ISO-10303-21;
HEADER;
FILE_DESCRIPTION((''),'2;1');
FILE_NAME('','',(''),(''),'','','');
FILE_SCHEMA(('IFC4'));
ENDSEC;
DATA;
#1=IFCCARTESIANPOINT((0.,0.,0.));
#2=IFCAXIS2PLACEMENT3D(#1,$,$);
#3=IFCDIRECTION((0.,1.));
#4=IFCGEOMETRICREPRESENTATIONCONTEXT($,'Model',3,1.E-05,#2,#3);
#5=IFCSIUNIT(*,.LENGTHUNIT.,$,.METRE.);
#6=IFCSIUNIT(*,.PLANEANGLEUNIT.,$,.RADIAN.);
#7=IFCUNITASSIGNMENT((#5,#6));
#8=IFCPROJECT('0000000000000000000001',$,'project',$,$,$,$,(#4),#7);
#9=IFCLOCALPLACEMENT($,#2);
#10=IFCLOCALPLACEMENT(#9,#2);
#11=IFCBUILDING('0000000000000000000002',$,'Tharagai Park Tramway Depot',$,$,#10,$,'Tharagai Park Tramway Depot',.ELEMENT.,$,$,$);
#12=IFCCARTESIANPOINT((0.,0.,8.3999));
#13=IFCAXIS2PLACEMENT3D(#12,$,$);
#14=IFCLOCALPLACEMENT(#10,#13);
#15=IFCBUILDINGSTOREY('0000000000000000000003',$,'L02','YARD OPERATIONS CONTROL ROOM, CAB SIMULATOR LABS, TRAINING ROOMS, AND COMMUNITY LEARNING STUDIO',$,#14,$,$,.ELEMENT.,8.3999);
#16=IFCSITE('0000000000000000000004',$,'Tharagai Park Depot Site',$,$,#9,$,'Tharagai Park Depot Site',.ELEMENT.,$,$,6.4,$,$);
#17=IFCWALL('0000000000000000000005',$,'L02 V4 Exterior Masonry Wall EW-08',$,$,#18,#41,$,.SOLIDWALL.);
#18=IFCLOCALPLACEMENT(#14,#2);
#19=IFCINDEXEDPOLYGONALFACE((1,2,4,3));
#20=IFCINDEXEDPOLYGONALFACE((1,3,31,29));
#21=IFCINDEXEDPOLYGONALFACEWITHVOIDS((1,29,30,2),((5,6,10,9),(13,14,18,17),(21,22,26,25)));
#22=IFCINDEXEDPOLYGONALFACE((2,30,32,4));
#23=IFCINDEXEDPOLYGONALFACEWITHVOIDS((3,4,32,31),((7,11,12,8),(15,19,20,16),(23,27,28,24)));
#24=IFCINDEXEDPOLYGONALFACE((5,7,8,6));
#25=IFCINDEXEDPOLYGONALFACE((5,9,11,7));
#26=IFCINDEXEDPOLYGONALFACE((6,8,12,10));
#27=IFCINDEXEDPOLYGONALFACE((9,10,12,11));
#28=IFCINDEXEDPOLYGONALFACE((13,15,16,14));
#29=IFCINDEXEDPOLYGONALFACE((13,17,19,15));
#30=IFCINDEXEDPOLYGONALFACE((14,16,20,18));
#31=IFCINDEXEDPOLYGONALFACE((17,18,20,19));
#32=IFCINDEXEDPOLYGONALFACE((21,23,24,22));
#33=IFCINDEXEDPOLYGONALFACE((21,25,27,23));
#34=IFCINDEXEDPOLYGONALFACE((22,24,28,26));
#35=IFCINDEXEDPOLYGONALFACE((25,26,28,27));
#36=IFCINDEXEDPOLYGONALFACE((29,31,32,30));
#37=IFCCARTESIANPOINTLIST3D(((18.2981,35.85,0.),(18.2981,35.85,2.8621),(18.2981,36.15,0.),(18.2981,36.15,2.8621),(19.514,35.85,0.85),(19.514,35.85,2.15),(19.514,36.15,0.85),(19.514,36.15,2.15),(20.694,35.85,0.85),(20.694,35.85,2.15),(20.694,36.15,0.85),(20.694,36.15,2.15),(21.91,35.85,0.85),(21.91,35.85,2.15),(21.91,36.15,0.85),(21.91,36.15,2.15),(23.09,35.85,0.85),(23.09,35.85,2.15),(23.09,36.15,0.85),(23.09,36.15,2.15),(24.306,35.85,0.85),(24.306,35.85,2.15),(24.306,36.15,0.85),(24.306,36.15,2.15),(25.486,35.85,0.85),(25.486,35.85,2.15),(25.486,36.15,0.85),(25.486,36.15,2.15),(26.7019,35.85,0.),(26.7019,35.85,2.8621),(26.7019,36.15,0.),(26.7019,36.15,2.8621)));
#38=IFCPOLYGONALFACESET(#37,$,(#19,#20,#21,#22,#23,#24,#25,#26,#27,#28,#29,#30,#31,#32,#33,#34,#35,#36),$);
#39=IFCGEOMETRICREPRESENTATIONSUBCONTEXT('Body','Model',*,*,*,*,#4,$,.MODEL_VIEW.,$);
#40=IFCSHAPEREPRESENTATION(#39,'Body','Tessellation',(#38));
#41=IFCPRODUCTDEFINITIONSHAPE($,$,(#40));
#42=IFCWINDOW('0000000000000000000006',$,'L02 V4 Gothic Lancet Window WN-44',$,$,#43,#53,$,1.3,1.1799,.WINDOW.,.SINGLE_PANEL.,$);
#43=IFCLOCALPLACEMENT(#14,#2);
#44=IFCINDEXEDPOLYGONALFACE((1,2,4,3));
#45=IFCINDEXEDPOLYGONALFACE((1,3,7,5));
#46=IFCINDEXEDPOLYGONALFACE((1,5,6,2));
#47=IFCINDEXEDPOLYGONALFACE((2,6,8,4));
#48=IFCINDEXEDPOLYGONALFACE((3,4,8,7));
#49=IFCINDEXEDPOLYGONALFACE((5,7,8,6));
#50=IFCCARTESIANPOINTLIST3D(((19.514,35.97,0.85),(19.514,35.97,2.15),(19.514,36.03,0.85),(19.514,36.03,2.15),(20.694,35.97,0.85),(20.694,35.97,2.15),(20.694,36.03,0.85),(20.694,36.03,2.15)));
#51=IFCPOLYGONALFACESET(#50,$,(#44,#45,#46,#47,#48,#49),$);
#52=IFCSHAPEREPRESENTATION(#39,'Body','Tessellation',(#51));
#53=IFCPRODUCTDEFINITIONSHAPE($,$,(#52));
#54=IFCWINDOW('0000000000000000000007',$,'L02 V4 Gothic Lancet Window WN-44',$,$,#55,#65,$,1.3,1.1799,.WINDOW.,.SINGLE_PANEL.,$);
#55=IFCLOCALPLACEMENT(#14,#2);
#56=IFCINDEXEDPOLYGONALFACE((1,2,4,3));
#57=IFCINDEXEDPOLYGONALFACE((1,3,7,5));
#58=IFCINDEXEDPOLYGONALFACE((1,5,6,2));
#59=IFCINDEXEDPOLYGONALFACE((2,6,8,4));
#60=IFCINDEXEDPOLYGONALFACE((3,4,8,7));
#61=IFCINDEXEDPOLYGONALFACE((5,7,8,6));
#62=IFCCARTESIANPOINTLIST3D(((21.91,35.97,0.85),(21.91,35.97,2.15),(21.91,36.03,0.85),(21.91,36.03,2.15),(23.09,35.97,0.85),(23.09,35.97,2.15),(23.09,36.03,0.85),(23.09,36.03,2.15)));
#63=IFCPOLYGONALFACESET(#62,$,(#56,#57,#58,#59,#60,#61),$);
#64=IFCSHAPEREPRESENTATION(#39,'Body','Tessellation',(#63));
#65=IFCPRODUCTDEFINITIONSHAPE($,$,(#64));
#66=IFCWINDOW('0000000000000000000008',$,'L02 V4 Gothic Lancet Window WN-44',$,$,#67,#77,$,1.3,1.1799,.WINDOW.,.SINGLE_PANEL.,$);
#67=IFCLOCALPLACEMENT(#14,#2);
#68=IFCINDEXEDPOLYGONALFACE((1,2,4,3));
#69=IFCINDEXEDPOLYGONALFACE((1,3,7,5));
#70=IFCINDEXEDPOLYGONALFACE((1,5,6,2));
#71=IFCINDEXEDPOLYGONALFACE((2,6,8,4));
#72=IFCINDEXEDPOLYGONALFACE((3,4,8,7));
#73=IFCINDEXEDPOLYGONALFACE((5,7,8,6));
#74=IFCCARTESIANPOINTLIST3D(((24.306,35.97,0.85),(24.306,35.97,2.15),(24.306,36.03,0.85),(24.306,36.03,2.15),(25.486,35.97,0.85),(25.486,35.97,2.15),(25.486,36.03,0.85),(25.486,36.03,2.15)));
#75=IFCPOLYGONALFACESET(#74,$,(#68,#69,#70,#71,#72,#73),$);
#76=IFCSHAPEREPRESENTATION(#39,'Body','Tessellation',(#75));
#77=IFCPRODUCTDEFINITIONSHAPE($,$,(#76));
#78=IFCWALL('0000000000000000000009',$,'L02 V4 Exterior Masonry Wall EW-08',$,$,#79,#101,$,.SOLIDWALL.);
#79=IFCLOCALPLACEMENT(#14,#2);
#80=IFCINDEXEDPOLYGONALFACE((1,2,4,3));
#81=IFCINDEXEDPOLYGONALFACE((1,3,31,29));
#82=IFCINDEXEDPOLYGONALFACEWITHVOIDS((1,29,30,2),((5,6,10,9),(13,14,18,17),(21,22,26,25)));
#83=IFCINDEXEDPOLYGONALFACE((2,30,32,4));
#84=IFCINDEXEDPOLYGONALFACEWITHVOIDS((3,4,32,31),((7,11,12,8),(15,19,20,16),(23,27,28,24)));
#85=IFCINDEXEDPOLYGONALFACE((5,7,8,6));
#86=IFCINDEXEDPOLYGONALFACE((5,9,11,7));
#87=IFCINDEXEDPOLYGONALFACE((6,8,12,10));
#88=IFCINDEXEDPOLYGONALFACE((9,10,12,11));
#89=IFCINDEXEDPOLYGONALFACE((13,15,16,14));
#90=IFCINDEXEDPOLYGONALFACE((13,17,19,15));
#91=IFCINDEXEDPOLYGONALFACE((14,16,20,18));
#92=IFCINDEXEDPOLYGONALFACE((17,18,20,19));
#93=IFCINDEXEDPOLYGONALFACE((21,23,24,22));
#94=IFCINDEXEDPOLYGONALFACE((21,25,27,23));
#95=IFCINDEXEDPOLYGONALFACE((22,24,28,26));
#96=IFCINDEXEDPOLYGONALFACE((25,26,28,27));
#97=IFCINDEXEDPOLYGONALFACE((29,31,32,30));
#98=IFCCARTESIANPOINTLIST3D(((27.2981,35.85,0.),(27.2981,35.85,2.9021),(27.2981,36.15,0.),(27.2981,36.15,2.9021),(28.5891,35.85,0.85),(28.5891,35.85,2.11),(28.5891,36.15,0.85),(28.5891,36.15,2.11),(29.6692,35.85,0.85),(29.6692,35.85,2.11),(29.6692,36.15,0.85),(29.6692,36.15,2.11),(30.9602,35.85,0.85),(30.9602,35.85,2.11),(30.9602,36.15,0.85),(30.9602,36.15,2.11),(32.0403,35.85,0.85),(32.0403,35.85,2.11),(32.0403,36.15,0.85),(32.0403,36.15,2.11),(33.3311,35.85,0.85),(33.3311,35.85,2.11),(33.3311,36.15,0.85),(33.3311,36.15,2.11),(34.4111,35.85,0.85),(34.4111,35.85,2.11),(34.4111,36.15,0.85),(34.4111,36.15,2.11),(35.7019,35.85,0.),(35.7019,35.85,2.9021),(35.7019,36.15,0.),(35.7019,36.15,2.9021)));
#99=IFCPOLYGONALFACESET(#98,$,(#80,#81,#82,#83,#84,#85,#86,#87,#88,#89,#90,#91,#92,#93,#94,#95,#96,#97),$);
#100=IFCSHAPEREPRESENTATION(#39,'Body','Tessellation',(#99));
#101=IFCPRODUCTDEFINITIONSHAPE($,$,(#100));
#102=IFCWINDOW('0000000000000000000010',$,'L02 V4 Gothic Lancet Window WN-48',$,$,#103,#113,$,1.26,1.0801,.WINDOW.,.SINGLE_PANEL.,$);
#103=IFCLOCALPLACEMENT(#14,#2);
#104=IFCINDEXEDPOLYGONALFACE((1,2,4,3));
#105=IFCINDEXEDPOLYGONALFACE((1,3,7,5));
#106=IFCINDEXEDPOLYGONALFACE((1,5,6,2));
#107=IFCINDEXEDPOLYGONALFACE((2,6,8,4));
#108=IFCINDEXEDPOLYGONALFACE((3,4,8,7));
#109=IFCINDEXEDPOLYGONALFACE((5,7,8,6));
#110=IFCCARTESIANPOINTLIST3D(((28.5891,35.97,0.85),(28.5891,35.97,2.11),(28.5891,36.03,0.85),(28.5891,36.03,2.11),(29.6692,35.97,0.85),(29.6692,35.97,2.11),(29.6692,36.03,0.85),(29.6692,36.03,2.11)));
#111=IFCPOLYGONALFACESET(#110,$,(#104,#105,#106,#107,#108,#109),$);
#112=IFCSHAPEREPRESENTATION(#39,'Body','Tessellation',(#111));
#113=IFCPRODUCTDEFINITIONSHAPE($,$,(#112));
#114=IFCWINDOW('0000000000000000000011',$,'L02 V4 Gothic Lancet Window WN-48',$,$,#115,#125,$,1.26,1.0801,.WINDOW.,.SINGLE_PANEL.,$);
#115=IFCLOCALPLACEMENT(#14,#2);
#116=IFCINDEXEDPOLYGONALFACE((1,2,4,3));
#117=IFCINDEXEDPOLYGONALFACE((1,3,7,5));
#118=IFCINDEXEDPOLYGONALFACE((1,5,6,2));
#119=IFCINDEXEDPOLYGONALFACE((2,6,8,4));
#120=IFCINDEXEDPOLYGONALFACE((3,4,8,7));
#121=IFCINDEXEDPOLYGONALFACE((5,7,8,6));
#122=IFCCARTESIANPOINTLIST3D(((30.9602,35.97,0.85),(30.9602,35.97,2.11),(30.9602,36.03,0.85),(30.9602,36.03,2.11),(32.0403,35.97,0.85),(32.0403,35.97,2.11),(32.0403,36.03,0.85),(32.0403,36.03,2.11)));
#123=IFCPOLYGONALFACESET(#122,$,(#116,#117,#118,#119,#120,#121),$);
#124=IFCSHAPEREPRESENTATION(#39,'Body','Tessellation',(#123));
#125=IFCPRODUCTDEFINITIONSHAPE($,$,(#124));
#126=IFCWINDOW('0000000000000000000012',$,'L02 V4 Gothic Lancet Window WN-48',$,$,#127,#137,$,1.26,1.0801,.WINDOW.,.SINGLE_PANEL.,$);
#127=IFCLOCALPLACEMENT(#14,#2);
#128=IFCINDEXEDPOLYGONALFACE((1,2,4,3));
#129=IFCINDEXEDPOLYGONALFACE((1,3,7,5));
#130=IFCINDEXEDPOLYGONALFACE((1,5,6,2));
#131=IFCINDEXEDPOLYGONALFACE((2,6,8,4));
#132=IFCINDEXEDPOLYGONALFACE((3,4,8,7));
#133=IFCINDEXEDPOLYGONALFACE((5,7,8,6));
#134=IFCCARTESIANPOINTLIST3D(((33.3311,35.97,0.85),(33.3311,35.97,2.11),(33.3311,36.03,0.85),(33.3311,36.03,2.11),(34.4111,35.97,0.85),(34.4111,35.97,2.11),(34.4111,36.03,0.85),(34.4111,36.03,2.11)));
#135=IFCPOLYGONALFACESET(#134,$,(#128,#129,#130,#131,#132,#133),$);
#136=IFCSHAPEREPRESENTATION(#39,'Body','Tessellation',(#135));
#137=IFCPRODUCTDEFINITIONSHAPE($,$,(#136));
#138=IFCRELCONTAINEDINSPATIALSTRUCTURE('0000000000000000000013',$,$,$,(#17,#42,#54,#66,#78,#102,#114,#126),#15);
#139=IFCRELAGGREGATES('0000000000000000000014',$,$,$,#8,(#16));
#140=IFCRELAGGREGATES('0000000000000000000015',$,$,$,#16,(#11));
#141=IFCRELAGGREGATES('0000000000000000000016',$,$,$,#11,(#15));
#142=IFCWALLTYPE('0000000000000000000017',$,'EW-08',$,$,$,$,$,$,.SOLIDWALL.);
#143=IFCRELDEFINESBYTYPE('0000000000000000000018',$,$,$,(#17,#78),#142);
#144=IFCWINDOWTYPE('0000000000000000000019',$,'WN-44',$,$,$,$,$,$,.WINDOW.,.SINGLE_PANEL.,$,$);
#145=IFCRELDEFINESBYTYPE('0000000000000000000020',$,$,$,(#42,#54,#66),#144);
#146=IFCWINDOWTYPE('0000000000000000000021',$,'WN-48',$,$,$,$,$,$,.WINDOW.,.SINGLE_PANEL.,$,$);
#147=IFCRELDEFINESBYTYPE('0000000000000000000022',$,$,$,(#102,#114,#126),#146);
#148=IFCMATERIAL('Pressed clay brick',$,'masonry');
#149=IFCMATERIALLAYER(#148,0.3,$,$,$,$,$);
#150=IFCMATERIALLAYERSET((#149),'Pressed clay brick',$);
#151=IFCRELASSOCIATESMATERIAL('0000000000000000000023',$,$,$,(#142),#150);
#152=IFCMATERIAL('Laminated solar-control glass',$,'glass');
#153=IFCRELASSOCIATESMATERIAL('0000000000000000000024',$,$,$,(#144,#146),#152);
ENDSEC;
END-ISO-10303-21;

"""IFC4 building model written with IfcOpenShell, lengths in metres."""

from ifc_helpers import new_model, si_unit, direction, frame, frame_2d, origin, place, context, subcontext, project, spatial, rectangle, extrude, material, layer, layer_set, type_object, element, fill, save


model = new_model("IFC4")

# Units and contexts
model_context = context("Model", 3, precision=1e-05, world=origin(), true_north=direction((0.0, 1.0)))
body_context = subcontext(model_context, "Body", "Model", "MODEL_VIEW")
ifc_project = project(units=[si_unit("LENGTHUNIT", "METRE"), si_unit("PLANEANGLEUNIT", "RADIAN")], contexts=[model_context])

# Site, building, storey
site_placement = place(None, origin())
site = spatial("IfcSite", under=ifc_project, at=site_placement, Name="Tharagai Park Depot Site", LongName="Tharagai Park Depot Site", CompositionType="ELEMENT", RefElevation=6.4)
building_placement = place(site_placement, origin())
building = spatial("IfcBuilding", under=site, at=building_placement, Name="Tharagai Park Tramway Depot", LongName="Tharagai Park Tramway Depot", CompositionType="ELEMENT")
storey_placement = place(building_placement, frame((0.0, 0.0, 8.3999)))
storey = spatial("IfcBuildingStorey", under=building, at=storey_placement, Name="L02", Description="YARD OPERATIONS CONTROL ROOM, CAB SIMULATOR LABS, TRAINING ROOMS, AND COMMUNITY LEARNING STUDIO", CompositionType="ELEMENT", Elevation=8.3999)

# Walls, openings, windows
ifc_material_1 = material(Name="Pressed clay brick", Category="masonry")
ifc_layer = layer(ifc_material_1, 0.3)
ifc_layer_set = layer_set([ifc_layer], Name="Pressed clay brick")
wall_type = type_object("IfcWallType", Name="EW-08", PredefinedType="SOLIDWALL", material=ifc_layer_set)
wall_1_placement = place(storey_placement, frame((18.2981, 36.0, 0.0), z_axis=(0.0, 0.0, 1.0), x_axis=(1.0, 0.0, 0.0)))
wall_1 = element("IfcWall", 1, at=wall_1_placement, inside=storey, type_object=wall_type, Name="L02 V4 Exterior Masonry Wall EW-08", PredefinedType="SOLIDWALL", context=body_context, shape_type="SweptSolid", body=[
    extrude(rectangle(XDim=8.4038, YDim=0.3, at=frame_2d((4.2019, 0.0))), origin(), (0.0, 0.0, 1.0), 2.8621),
])
opening_1_placement = place(wall_1_placement, frame((1.2161, 0.0, 0.8501)))
opening_1 = element("IfcOpeningElement", 2, at=opening_1_placement, cuts=wall_1, PredefinedType="OPENING", context=body_context, shape_type="SweptSolid", body=[
    extrude(rectangle(XDim=1.1799, YDim=1.3, at=frame_2d((0.5898, 0.6499))), frame((0.0, 0.1599, 0.0), z_axis=(0.0, -1.0, 0.0), x_axis=(1.0, 0.0, 0.0)), (0.0, 0.0, 1.0), 0.3201),
])
opening_2_placement = place(wall_1_placement, frame((3.6121, 0.0, 0.8501)))
opening_2 = element("IfcOpeningElement", 3, at=opening_2_placement, cuts=wall_1, PredefinedType="OPENING", context=body_context, shape_type="SweptSolid", body=[
    extrude(rectangle(XDim=1.1799, YDim=1.3, at=frame_2d((0.5898, 0.6499))), frame((0.0, 0.1599, 0.0), z_axis=(0.0, -1.0, 0.0), x_axis=(1.0, 0.0, 0.0)), (0.0, 0.0, 1.0), 0.3201),
])
opening_3_placement = place(wall_1_placement, frame((6.0081, 0.0, 0.8501)))
opening_3 = element("IfcOpeningElement", 4, at=opening_3_placement, cuts=wall_1, PredefinedType="OPENING", context=body_context, shape_type="SweptSolid", body=[
    extrude(rectangle(XDim=1.1799, YDim=1.3, at=frame_2d((0.5898, 0.6499))), frame((0.0, 0.1599, 0.0), z_axis=(0.0, -1.0, 0.0), x_axis=(1.0, 0.0, 0.0)), (0.0, 0.0, 1.0), 0.3201),
])
ifc_material_2 = material(Name="Laminated solar-control glass", Category="glass")
window_type_1 = type_object("IfcWindowType", Name="WN-44", PartitioningType="SINGLE_PANEL", PredefinedType="WINDOW", material=ifc_material_2)
window_1_placement = place(opening_1_placement, origin())
window_1 = element("IfcWindow", 5, at=window_1_placement, inside=storey, type_object=window_type_1, Name="L02 V4 Gothic Lancet Window WN-44", OverallHeight=1.3, OverallWidth=1.1799, PartitioningType="SINGLE_PANEL", PredefinedType="WINDOW", context=body_context, shape_type="SweptSolid", body=[
    extrude(rectangle(XDim=1.1799, YDim=1.3, at=frame_2d((0.5898, 0.6499))), frame((0.0, 0.03, 0.0), z_axis=(0.0, -1.0, 0.0), x_axis=(1.0, 0.0, 0.0)), (0.0, 0.0, 1.0), 0.0601),
])
fill(opening_1, window_1)
window_2_placement = place(opening_2_placement, origin())
window_2 = element("IfcWindow", 6, at=window_2_placement, inside=storey, type_object=window_type_1, Name="L02 V4 Gothic Lancet Window WN-44", OverallHeight=1.3, OverallWidth=1.1799, PartitioningType="SINGLE_PANEL", PredefinedType="WINDOW", context=body_context, shape_type="SweptSolid", body=[
    extrude(rectangle(XDim=1.1799, YDim=1.3, at=frame_2d((0.5898, 0.6499))), frame((0.0, 0.03, 0.0), z_axis=(0.0, -1.0, 0.0), x_axis=(1.0, 0.0, 0.0)), (0.0, 0.0, 1.0), 0.0601),
])
fill(opening_2, window_2)
window_3_placement = place(opening_3_placement, origin())
window_3 = element("IfcWindow", 7, at=window_3_placement, inside=storey, type_object=window_type_1, Name="L02 V4 Gothic Lancet Window WN-44", OverallHeight=1.3, OverallWidth=1.1799, PartitioningType="SINGLE_PANEL", PredefinedType="WINDOW", context=body_context, shape_type="SweptSolid", body=[
    extrude(rectangle(XDim=1.1799, YDim=1.3, at=frame_2d((0.5898, 0.6499))), frame((0.0, 0.03, 0.0), z_axis=(0.0, -1.0, 0.0), x_axis=(1.0, 0.0, 0.0)), (0.0, 0.0, 1.0), 0.0601),
])
fill(opening_3, window_3)
wall_2_placement = place(storey_placement, frame((27.2981, 36.0, 0.0), z_axis=(0.0, 0.0, 1.0), x_axis=(1.0, 0.0, 0.0)))
wall_2 = element("IfcWall", 8, at=wall_2_placement, inside=storey, type_object=wall_type, Name="L02 V4 Exterior Masonry Wall EW-08", PredefinedType="SOLIDWALL", context=body_context, shape_type="SweptSolid", body=[
    extrude(rectangle(XDim=8.4038, YDim=0.3, at=frame_2d((4.2019, 0.0))), origin(), (0.0, 0.0, 1.0), 2.9021),
])
opening_4_placement = place(wall_2_placement, frame((1.291, 0.0, 0.8501)))
opening_4 = element("IfcOpeningElement", 9, at=opening_4_placement, cuts=wall_2, PredefinedType="OPENING", context=body_context, shape_type="SweptSolid", body=[
    extrude(rectangle(XDim=1.0801, YDim=1.26, at=frame_2d((0.54, 0.6299))), frame((0.0, 0.1599, 0.0), z_axis=(0.0, -1.0, 0.0), x_axis=(1.0, 0.0, 0.0)), (0.0, 0.0, 1.0), 0.3201),
])
opening_5_placement = place(wall_2_placement, frame((3.6621, 0.0, 0.8501)))
opening_5 = element("IfcOpeningElement", 10, at=opening_5_placement, cuts=wall_2, PredefinedType="OPENING", context=body_context, shape_type="SweptSolid", body=[
    extrude(rectangle(XDim=1.0801, YDim=1.26, at=frame_2d((0.54, 0.6299))), frame((0.0, 0.1599, 0.0), z_axis=(0.0, -1.0, 0.0), x_axis=(1.0, 0.0, 0.0)), (0.0, 0.0, 1.0), 0.3201),
])
opening_6_placement = place(wall_2_placement, frame((6.033, 0.0, 0.8501)))
opening_6 = element("IfcOpeningElement", 11, at=opening_6_placement, cuts=wall_2, PredefinedType="OPENING", context=body_context, shape_type="SweptSolid", body=[
    extrude(rectangle(XDim=1.0801, YDim=1.26, at=frame_2d((0.54, 0.6299))), frame((0.0, 0.1599, 0.0), z_axis=(0.0, -1.0, 0.0), x_axis=(1.0, 0.0, 0.0)), (0.0, 0.0, 1.0), 0.3201),
])
window_type_2 = type_object("IfcWindowType", Name="WN-48", PartitioningType="SINGLE_PANEL", PredefinedType="WINDOW", material=ifc_material_2)
window_4_placement = place(opening_4_placement, origin())
window_4 = element("IfcWindow", 12, at=window_4_placement, inside=storey, type_object=window_type_2, Name="L02 V4 Gothic Lancet Window WN-48", OverallHeight=1.26, OverallWidth=1.0801, PartitioningType="SINGLE_PANEL", PredefinedType="WINDOW", context=body_context, shape_type="SweptSolid", body=[
    extrude(rectangle(XDim=1.0801, YDim=1.26, at=frame_2d((0.54, 0.6299))), frame((0.0, 0.03, 0.0), z_axis=(0.0, -1.0, 0.0), x_axis=(1.0, 0.0, 0.0)), (0.0, 0.0, 1.0), 0.0601),
])
fill(opening_4, window_4)
window_5_placement = place(opening_5_placement, origin())
window_5 = element("IfcWindow", 13, at=window_5_placement, inside=storey, type_object=window_type_2, Name="L02 V4 Gothic Lancet Window WN-48", OverallHeight=1.26, OverallWidth=1.0801, PartitioningType="SINGLE_PANEL", PredefinedType="WINDOW", context=body_context, shape_type="SweptSolid", body=[
    extrude(rectangle(XDim=1.0801, YDim=1.26, at=frame_2d((0.54, 0.6299))), frame((0.0, 0.03, 0.0), z_axis=(0.0, -1.0, 0.0), x_axis=(1.0, 0.0, 0.0)), (0.0, 0.0, 1.0), 0.0601),
])
fill(opening_5, window_5)
window_6_placement = place(opening_6_placement, origin())
window_6 = element("IfcWindow", 14, at=window_6_placement, inside=storey, type_object=window_type_2, Name="L02 V4 Gothic Lancet Window WN-48", OverallHeight=1.26, OverallWidth=1.0801, PartitioningType="SINGLE_PANEL", PredefinedType="WINDOW", context=body_context, shape_type="SweptSolid", body=[
    extrude(rectangle(XDim=1.0801, YDim=1.26, at=frame_2d((0.54, 0.6299))), frame((0.0, 0.03, 0.0), z_axis=(0.0, -1.0, 0.0), x_axis=(1.0, 0.0, 0.0)), (0.0, 0.0, 1.0), 0.0601),
])
fill(opening_6, window_6)

save(model, "model.ifc")
